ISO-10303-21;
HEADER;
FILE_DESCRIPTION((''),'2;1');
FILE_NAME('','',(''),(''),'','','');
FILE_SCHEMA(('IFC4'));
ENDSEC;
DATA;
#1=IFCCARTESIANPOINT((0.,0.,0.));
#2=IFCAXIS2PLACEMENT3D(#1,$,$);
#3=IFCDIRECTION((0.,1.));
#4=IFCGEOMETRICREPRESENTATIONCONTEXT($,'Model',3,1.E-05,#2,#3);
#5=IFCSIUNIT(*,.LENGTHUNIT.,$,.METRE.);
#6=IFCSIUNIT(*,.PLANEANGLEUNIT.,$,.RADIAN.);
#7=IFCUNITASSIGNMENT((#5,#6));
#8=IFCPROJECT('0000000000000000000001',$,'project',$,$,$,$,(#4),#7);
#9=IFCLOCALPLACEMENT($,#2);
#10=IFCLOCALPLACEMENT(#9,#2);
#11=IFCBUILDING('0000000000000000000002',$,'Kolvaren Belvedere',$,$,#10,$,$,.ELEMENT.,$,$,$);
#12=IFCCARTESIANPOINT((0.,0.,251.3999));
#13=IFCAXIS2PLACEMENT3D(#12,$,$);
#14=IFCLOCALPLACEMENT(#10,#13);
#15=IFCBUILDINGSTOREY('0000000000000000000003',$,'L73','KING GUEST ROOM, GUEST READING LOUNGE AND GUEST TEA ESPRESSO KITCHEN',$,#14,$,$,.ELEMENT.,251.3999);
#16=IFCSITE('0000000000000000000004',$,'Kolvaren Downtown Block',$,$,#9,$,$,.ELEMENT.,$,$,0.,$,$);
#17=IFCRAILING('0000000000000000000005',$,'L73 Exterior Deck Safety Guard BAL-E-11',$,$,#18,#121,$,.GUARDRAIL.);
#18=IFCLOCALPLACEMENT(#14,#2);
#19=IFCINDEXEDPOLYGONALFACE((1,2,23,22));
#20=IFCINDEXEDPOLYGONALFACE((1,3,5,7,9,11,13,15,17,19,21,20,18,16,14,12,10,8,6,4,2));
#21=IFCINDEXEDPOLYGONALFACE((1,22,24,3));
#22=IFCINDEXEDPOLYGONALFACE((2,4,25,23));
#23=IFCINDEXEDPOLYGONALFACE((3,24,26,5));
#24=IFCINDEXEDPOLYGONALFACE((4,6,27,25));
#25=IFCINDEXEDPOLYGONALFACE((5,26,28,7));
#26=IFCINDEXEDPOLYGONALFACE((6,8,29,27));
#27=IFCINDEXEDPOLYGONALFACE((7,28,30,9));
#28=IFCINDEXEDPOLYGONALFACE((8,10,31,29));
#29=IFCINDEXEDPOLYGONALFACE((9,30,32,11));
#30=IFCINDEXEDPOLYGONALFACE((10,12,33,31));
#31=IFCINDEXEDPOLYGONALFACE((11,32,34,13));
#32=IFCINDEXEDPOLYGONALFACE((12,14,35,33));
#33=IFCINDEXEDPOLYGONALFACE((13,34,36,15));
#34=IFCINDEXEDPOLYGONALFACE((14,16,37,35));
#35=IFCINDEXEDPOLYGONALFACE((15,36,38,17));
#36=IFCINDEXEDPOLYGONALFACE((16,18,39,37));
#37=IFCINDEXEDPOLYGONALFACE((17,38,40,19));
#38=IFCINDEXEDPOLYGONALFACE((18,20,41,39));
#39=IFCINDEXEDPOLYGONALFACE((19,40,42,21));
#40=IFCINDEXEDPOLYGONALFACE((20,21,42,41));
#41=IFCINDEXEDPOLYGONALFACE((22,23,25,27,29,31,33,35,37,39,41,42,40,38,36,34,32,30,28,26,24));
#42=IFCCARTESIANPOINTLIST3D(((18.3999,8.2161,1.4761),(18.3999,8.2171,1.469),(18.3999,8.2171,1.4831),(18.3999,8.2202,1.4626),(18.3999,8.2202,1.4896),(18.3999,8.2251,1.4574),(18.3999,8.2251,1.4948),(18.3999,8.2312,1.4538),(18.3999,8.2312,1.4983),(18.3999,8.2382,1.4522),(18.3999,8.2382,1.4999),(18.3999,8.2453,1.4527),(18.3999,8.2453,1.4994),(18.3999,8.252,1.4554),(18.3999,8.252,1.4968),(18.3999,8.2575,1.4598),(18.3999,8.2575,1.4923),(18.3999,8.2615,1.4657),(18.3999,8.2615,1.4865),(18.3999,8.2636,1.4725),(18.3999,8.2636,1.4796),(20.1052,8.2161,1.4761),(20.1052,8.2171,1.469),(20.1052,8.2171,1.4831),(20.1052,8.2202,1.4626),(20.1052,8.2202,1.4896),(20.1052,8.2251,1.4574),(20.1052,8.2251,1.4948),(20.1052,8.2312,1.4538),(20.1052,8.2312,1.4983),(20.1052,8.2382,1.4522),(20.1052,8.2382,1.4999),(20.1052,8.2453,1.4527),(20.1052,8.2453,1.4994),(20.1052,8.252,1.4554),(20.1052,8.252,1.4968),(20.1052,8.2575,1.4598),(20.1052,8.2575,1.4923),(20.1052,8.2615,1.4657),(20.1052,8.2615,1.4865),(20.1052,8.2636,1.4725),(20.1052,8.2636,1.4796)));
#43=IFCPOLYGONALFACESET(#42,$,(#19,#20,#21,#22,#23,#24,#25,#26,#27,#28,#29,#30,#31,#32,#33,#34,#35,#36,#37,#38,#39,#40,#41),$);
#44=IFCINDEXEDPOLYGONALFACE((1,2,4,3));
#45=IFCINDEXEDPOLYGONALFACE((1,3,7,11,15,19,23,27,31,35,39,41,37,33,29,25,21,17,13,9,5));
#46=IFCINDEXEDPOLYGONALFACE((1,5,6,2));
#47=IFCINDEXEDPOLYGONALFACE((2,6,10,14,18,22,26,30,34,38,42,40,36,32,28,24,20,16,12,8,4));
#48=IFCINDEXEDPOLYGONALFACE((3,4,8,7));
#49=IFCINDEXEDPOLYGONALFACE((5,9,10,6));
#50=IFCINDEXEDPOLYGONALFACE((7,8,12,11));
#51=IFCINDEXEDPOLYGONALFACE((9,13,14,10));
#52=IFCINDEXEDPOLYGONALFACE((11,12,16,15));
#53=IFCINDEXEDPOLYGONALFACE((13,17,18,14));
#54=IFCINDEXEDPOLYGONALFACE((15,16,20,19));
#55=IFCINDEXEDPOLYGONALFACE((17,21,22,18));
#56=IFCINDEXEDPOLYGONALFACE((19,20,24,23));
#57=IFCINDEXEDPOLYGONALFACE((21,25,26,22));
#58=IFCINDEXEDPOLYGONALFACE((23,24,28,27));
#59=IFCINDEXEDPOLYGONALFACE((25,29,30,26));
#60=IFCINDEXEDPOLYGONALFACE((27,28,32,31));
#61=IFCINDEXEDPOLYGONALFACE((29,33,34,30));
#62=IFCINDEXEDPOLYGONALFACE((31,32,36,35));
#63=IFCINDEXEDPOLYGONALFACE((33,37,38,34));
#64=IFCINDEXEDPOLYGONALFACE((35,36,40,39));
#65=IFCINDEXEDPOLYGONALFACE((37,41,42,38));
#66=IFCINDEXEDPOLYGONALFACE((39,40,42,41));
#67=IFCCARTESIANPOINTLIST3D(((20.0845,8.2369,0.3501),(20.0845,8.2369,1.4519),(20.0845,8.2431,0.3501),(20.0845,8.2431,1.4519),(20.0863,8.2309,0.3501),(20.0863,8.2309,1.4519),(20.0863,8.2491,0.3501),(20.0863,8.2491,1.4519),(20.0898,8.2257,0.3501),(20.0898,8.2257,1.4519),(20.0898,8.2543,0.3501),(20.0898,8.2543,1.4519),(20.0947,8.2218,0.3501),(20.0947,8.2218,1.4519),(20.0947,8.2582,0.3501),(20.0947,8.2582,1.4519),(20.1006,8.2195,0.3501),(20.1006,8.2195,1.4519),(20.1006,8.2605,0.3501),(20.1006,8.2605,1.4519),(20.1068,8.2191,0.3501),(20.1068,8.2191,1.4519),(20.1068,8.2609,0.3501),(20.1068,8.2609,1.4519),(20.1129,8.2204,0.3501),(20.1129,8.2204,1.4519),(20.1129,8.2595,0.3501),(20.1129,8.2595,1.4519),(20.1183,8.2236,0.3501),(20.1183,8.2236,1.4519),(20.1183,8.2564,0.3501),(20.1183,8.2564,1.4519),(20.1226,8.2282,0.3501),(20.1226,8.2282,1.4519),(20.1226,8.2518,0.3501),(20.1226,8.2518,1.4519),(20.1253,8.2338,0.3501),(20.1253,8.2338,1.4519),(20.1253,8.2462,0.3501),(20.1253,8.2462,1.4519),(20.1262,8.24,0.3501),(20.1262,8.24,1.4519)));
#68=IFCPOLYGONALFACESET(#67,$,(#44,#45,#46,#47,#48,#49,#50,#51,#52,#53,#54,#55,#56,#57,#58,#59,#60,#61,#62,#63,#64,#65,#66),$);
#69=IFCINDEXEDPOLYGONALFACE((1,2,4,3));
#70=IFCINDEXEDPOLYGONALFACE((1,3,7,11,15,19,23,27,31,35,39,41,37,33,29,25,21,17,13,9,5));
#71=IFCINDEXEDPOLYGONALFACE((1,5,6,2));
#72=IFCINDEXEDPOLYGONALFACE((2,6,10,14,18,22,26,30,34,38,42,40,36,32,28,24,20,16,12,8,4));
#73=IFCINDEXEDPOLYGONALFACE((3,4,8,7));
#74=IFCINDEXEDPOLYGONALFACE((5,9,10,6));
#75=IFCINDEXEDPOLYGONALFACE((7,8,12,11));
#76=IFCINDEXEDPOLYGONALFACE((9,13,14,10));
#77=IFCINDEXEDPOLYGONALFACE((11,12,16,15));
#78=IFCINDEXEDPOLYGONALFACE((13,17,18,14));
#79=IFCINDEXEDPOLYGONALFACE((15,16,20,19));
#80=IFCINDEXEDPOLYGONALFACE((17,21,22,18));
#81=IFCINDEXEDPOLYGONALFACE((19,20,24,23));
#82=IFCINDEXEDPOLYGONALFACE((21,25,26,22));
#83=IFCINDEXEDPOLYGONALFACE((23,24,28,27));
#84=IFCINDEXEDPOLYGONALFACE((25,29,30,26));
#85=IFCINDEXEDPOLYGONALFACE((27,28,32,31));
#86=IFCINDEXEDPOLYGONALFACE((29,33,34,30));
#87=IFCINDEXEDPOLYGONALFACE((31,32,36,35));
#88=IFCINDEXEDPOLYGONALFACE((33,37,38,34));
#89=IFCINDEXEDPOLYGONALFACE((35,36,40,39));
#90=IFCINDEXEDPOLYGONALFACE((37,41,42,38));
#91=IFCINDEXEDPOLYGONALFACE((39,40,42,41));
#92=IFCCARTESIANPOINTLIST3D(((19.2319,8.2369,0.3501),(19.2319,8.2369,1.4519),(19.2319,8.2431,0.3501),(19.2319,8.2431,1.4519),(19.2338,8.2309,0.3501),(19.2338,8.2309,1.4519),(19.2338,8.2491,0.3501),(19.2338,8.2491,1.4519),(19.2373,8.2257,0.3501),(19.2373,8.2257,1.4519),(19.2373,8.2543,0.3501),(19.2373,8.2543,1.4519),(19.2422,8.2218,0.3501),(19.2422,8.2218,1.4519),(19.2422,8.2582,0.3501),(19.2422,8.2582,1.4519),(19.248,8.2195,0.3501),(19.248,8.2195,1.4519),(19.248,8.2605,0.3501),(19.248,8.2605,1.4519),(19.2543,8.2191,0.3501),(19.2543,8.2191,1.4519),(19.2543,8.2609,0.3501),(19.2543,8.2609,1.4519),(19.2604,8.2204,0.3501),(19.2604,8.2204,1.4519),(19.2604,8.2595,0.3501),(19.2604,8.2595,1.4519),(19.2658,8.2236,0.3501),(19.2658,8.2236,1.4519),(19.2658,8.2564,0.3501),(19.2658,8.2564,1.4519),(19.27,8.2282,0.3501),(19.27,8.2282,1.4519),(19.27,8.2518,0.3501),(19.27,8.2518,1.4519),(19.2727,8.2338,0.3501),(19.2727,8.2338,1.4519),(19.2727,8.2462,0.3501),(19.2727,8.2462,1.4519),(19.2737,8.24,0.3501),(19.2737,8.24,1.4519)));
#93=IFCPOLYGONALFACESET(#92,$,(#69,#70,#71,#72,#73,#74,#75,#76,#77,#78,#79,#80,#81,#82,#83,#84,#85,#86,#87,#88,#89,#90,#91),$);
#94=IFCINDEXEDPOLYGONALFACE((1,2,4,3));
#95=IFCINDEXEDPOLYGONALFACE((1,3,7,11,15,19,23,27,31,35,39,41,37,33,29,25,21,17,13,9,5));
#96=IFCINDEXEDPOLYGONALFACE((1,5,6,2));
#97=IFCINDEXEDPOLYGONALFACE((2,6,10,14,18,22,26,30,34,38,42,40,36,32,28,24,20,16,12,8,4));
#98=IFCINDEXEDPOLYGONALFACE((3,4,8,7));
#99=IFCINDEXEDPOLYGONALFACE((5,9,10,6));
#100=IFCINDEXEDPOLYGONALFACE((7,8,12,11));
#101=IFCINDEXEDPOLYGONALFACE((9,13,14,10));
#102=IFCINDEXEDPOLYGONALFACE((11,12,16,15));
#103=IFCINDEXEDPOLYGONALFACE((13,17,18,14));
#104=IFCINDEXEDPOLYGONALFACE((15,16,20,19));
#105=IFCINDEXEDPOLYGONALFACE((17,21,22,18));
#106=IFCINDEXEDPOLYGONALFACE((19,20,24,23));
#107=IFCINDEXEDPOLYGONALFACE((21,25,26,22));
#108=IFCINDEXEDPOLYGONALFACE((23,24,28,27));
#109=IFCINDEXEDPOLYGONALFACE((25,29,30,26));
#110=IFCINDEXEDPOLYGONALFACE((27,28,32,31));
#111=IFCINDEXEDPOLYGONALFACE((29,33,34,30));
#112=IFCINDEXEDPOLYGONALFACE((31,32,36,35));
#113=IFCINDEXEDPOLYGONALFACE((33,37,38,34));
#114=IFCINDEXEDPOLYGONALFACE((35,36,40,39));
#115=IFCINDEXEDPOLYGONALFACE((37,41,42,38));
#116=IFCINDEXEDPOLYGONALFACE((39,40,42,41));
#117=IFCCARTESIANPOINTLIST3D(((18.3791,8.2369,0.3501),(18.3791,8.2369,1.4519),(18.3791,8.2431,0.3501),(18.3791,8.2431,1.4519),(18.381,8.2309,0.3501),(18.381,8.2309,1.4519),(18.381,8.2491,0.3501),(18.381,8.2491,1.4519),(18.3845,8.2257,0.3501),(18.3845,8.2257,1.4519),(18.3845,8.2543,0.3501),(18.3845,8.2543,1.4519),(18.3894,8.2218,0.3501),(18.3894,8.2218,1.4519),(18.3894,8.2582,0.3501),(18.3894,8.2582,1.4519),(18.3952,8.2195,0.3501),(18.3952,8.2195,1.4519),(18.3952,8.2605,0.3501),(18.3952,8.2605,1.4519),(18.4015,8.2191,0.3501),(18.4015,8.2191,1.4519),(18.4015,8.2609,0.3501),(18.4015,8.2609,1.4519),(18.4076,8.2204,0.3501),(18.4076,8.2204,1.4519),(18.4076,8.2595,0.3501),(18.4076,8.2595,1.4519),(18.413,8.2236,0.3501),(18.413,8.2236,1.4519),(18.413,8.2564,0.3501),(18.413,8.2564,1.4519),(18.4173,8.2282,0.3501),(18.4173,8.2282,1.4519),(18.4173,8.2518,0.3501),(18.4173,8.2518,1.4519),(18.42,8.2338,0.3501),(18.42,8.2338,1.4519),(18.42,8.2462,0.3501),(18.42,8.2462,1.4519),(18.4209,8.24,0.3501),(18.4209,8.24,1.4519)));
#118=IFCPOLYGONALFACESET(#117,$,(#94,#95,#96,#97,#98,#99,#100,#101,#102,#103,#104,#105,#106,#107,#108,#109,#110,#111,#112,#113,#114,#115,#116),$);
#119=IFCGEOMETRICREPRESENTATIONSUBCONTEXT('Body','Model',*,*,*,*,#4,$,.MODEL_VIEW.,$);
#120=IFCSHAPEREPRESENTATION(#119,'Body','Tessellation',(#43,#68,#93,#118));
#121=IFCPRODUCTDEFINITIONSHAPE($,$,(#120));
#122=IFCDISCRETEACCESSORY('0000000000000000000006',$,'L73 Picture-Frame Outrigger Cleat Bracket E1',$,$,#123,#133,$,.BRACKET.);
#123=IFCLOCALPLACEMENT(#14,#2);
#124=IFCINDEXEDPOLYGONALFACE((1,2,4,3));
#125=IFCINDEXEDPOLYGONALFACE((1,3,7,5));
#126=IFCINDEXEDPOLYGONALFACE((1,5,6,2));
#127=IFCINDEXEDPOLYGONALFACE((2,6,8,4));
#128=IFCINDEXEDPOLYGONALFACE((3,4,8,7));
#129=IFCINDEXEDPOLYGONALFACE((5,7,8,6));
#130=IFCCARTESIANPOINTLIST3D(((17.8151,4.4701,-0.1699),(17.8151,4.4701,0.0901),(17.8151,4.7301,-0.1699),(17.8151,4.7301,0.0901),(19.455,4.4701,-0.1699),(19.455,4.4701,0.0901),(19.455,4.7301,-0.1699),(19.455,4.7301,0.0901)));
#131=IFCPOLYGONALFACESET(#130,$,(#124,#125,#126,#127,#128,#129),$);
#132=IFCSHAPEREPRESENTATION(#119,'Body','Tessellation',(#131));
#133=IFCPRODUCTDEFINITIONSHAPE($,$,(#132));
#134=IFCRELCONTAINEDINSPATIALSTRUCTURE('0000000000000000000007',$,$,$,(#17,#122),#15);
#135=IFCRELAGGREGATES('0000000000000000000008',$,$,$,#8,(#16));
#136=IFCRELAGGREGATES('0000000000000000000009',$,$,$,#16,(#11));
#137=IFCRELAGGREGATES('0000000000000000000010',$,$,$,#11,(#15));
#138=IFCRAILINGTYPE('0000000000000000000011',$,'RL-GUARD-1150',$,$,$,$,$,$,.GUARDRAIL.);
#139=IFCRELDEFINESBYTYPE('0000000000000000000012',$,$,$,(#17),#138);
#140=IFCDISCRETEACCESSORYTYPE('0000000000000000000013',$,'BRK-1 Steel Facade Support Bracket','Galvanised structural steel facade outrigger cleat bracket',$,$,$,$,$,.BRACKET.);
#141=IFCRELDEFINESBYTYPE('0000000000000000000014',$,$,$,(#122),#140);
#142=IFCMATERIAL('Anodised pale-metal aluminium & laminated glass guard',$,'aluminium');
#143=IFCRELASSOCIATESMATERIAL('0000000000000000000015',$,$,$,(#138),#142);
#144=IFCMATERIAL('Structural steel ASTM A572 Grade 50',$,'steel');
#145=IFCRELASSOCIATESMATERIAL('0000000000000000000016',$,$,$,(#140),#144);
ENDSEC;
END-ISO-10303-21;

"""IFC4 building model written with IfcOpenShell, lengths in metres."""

from ifc_helpers import new_model, si_unit, direction, frame, origin, origin_2d, place, context, subcontext, project, spatial, rectangle, circle, extrude, material, type_object, element, save


model = new_model("IFC4")

# Units and contexts
model_context = context("Model", 3, precision=1e-05, world=origin(), true_north=direction((0.0, 1.0)))
body_context = subcontext(model_context, "Body", "Model", "MODEL_VIEW")
ifc_project = project(units=[si_unit("LENGTHUNIT", "METRE"), si_unit("PLANEANGLEUNIT", "RADIAN")], contexts=[model_context])

# Site, building, storey
site_placement = place(None, origin())
site = spatial("IfcSite", under=ifc_project, at=site_placement, Name="Kolvaren Downtown Block", CompositionType="ELEMENT", RefElevation=0.0)
building_placement = place(site_placement, origin())
building = spatial("IfcBuilding", under=site, at=building_placement, Name="Kolvaren Belvedere", CompositionType="ELEMENT")
storey_placement = place(building_placement, frame((0.0, 0.0, 251.3999)))
storey = spatial("IfcBuildingStorey", under=building, at=storey_placement, Name="L73", Description="KING GUEST ROOM, GUEST READING LOUNGE AND GUEST TEA ESPRESSO KITCHEN", CompositionType="ELEMENT", Elevation=251.3999)

# Railing
ifc_material_1 = material(Name="Anodised pale-metal aluminium & laminated glass guard", Category="aluminium")
railing_type = type_object("IfcRailingType", Name="RL-GUARD-1150", PredefinedType="GUARDRAIL", material=ifc_material_1)
railing_1_placement = place(storey_placement, frame((20.1052, 8.24, 0.3501)))
element("IfcRailing", 1, at=railing_1_placement, inside=storey, type_object=railing_type, Name="L73 Exterior Deck Safety Guard BAL-E-11", PredefinedType="GUARDRAIL", context=body_context, shape_type="SweptSolid", body=[
    extrude(circle(Radius=0.0239, at=origin_2d()), frame((0.0, 0.0, 1.126), z_axis=(-1.0, 0.0, 0.0), x_axis=(0.0, -1.0, 0.0)), (0.0, 0.0, 1.0), 1.7053),
    extrude(circle(Radius=0.021, at=origin_2d()), origin(), (0.0, 0.0, 1.0), 1.1018),
    extrude(circle(Radius=0.021, at=origin_2d()), frame((-0.8525, 0.0, 0.0)), (0.0, 0.0, 1.0), 1.1018),
    extrude(circle(Radius=0.021, at=origin_2d()), frame((-1.7053, 0.0, 0.0)), (0.0, 0.0, 1.0), 1.1018),
])

# Discrete accessory
ifc_material_2 = material(Name="Structural steel ASTM A572 Grade 50", Category="steel")
discrete_accessory_type = type_object("IfcDiscreteAccessoryType", Name="BRK-1 Steel Facade Support Bracket", Description="Galvanised structural steel facade outrigger cleat bracket", PredefinedType="BRACKET", material=ifc_material_2)
discrete_accessory_placement = place(storey_placement, frame((18.635, 4.6001, -0.1699), z_axis=(0.0, 0.0, 1.0), x_axis=(1.0, 0.0, 0.0)))
element("IfcDiscreteAccessory", 2, at=discrete_accessory_placement, inside=storey, type_object=discrete_accessory_type, Name="L73 Picture-Frame Outrigger Cleat Bracket E1", PredefinedType="BRACKET", context=body_context, shape_type="SweptSolid", body=[
    extrude(rectangle(XDim=1.6399, YDim=0.26, at=origin_2d()), origin(), (0.0, 0.0, 1.0), 0.26),
])

save(model, "model.ifc")
